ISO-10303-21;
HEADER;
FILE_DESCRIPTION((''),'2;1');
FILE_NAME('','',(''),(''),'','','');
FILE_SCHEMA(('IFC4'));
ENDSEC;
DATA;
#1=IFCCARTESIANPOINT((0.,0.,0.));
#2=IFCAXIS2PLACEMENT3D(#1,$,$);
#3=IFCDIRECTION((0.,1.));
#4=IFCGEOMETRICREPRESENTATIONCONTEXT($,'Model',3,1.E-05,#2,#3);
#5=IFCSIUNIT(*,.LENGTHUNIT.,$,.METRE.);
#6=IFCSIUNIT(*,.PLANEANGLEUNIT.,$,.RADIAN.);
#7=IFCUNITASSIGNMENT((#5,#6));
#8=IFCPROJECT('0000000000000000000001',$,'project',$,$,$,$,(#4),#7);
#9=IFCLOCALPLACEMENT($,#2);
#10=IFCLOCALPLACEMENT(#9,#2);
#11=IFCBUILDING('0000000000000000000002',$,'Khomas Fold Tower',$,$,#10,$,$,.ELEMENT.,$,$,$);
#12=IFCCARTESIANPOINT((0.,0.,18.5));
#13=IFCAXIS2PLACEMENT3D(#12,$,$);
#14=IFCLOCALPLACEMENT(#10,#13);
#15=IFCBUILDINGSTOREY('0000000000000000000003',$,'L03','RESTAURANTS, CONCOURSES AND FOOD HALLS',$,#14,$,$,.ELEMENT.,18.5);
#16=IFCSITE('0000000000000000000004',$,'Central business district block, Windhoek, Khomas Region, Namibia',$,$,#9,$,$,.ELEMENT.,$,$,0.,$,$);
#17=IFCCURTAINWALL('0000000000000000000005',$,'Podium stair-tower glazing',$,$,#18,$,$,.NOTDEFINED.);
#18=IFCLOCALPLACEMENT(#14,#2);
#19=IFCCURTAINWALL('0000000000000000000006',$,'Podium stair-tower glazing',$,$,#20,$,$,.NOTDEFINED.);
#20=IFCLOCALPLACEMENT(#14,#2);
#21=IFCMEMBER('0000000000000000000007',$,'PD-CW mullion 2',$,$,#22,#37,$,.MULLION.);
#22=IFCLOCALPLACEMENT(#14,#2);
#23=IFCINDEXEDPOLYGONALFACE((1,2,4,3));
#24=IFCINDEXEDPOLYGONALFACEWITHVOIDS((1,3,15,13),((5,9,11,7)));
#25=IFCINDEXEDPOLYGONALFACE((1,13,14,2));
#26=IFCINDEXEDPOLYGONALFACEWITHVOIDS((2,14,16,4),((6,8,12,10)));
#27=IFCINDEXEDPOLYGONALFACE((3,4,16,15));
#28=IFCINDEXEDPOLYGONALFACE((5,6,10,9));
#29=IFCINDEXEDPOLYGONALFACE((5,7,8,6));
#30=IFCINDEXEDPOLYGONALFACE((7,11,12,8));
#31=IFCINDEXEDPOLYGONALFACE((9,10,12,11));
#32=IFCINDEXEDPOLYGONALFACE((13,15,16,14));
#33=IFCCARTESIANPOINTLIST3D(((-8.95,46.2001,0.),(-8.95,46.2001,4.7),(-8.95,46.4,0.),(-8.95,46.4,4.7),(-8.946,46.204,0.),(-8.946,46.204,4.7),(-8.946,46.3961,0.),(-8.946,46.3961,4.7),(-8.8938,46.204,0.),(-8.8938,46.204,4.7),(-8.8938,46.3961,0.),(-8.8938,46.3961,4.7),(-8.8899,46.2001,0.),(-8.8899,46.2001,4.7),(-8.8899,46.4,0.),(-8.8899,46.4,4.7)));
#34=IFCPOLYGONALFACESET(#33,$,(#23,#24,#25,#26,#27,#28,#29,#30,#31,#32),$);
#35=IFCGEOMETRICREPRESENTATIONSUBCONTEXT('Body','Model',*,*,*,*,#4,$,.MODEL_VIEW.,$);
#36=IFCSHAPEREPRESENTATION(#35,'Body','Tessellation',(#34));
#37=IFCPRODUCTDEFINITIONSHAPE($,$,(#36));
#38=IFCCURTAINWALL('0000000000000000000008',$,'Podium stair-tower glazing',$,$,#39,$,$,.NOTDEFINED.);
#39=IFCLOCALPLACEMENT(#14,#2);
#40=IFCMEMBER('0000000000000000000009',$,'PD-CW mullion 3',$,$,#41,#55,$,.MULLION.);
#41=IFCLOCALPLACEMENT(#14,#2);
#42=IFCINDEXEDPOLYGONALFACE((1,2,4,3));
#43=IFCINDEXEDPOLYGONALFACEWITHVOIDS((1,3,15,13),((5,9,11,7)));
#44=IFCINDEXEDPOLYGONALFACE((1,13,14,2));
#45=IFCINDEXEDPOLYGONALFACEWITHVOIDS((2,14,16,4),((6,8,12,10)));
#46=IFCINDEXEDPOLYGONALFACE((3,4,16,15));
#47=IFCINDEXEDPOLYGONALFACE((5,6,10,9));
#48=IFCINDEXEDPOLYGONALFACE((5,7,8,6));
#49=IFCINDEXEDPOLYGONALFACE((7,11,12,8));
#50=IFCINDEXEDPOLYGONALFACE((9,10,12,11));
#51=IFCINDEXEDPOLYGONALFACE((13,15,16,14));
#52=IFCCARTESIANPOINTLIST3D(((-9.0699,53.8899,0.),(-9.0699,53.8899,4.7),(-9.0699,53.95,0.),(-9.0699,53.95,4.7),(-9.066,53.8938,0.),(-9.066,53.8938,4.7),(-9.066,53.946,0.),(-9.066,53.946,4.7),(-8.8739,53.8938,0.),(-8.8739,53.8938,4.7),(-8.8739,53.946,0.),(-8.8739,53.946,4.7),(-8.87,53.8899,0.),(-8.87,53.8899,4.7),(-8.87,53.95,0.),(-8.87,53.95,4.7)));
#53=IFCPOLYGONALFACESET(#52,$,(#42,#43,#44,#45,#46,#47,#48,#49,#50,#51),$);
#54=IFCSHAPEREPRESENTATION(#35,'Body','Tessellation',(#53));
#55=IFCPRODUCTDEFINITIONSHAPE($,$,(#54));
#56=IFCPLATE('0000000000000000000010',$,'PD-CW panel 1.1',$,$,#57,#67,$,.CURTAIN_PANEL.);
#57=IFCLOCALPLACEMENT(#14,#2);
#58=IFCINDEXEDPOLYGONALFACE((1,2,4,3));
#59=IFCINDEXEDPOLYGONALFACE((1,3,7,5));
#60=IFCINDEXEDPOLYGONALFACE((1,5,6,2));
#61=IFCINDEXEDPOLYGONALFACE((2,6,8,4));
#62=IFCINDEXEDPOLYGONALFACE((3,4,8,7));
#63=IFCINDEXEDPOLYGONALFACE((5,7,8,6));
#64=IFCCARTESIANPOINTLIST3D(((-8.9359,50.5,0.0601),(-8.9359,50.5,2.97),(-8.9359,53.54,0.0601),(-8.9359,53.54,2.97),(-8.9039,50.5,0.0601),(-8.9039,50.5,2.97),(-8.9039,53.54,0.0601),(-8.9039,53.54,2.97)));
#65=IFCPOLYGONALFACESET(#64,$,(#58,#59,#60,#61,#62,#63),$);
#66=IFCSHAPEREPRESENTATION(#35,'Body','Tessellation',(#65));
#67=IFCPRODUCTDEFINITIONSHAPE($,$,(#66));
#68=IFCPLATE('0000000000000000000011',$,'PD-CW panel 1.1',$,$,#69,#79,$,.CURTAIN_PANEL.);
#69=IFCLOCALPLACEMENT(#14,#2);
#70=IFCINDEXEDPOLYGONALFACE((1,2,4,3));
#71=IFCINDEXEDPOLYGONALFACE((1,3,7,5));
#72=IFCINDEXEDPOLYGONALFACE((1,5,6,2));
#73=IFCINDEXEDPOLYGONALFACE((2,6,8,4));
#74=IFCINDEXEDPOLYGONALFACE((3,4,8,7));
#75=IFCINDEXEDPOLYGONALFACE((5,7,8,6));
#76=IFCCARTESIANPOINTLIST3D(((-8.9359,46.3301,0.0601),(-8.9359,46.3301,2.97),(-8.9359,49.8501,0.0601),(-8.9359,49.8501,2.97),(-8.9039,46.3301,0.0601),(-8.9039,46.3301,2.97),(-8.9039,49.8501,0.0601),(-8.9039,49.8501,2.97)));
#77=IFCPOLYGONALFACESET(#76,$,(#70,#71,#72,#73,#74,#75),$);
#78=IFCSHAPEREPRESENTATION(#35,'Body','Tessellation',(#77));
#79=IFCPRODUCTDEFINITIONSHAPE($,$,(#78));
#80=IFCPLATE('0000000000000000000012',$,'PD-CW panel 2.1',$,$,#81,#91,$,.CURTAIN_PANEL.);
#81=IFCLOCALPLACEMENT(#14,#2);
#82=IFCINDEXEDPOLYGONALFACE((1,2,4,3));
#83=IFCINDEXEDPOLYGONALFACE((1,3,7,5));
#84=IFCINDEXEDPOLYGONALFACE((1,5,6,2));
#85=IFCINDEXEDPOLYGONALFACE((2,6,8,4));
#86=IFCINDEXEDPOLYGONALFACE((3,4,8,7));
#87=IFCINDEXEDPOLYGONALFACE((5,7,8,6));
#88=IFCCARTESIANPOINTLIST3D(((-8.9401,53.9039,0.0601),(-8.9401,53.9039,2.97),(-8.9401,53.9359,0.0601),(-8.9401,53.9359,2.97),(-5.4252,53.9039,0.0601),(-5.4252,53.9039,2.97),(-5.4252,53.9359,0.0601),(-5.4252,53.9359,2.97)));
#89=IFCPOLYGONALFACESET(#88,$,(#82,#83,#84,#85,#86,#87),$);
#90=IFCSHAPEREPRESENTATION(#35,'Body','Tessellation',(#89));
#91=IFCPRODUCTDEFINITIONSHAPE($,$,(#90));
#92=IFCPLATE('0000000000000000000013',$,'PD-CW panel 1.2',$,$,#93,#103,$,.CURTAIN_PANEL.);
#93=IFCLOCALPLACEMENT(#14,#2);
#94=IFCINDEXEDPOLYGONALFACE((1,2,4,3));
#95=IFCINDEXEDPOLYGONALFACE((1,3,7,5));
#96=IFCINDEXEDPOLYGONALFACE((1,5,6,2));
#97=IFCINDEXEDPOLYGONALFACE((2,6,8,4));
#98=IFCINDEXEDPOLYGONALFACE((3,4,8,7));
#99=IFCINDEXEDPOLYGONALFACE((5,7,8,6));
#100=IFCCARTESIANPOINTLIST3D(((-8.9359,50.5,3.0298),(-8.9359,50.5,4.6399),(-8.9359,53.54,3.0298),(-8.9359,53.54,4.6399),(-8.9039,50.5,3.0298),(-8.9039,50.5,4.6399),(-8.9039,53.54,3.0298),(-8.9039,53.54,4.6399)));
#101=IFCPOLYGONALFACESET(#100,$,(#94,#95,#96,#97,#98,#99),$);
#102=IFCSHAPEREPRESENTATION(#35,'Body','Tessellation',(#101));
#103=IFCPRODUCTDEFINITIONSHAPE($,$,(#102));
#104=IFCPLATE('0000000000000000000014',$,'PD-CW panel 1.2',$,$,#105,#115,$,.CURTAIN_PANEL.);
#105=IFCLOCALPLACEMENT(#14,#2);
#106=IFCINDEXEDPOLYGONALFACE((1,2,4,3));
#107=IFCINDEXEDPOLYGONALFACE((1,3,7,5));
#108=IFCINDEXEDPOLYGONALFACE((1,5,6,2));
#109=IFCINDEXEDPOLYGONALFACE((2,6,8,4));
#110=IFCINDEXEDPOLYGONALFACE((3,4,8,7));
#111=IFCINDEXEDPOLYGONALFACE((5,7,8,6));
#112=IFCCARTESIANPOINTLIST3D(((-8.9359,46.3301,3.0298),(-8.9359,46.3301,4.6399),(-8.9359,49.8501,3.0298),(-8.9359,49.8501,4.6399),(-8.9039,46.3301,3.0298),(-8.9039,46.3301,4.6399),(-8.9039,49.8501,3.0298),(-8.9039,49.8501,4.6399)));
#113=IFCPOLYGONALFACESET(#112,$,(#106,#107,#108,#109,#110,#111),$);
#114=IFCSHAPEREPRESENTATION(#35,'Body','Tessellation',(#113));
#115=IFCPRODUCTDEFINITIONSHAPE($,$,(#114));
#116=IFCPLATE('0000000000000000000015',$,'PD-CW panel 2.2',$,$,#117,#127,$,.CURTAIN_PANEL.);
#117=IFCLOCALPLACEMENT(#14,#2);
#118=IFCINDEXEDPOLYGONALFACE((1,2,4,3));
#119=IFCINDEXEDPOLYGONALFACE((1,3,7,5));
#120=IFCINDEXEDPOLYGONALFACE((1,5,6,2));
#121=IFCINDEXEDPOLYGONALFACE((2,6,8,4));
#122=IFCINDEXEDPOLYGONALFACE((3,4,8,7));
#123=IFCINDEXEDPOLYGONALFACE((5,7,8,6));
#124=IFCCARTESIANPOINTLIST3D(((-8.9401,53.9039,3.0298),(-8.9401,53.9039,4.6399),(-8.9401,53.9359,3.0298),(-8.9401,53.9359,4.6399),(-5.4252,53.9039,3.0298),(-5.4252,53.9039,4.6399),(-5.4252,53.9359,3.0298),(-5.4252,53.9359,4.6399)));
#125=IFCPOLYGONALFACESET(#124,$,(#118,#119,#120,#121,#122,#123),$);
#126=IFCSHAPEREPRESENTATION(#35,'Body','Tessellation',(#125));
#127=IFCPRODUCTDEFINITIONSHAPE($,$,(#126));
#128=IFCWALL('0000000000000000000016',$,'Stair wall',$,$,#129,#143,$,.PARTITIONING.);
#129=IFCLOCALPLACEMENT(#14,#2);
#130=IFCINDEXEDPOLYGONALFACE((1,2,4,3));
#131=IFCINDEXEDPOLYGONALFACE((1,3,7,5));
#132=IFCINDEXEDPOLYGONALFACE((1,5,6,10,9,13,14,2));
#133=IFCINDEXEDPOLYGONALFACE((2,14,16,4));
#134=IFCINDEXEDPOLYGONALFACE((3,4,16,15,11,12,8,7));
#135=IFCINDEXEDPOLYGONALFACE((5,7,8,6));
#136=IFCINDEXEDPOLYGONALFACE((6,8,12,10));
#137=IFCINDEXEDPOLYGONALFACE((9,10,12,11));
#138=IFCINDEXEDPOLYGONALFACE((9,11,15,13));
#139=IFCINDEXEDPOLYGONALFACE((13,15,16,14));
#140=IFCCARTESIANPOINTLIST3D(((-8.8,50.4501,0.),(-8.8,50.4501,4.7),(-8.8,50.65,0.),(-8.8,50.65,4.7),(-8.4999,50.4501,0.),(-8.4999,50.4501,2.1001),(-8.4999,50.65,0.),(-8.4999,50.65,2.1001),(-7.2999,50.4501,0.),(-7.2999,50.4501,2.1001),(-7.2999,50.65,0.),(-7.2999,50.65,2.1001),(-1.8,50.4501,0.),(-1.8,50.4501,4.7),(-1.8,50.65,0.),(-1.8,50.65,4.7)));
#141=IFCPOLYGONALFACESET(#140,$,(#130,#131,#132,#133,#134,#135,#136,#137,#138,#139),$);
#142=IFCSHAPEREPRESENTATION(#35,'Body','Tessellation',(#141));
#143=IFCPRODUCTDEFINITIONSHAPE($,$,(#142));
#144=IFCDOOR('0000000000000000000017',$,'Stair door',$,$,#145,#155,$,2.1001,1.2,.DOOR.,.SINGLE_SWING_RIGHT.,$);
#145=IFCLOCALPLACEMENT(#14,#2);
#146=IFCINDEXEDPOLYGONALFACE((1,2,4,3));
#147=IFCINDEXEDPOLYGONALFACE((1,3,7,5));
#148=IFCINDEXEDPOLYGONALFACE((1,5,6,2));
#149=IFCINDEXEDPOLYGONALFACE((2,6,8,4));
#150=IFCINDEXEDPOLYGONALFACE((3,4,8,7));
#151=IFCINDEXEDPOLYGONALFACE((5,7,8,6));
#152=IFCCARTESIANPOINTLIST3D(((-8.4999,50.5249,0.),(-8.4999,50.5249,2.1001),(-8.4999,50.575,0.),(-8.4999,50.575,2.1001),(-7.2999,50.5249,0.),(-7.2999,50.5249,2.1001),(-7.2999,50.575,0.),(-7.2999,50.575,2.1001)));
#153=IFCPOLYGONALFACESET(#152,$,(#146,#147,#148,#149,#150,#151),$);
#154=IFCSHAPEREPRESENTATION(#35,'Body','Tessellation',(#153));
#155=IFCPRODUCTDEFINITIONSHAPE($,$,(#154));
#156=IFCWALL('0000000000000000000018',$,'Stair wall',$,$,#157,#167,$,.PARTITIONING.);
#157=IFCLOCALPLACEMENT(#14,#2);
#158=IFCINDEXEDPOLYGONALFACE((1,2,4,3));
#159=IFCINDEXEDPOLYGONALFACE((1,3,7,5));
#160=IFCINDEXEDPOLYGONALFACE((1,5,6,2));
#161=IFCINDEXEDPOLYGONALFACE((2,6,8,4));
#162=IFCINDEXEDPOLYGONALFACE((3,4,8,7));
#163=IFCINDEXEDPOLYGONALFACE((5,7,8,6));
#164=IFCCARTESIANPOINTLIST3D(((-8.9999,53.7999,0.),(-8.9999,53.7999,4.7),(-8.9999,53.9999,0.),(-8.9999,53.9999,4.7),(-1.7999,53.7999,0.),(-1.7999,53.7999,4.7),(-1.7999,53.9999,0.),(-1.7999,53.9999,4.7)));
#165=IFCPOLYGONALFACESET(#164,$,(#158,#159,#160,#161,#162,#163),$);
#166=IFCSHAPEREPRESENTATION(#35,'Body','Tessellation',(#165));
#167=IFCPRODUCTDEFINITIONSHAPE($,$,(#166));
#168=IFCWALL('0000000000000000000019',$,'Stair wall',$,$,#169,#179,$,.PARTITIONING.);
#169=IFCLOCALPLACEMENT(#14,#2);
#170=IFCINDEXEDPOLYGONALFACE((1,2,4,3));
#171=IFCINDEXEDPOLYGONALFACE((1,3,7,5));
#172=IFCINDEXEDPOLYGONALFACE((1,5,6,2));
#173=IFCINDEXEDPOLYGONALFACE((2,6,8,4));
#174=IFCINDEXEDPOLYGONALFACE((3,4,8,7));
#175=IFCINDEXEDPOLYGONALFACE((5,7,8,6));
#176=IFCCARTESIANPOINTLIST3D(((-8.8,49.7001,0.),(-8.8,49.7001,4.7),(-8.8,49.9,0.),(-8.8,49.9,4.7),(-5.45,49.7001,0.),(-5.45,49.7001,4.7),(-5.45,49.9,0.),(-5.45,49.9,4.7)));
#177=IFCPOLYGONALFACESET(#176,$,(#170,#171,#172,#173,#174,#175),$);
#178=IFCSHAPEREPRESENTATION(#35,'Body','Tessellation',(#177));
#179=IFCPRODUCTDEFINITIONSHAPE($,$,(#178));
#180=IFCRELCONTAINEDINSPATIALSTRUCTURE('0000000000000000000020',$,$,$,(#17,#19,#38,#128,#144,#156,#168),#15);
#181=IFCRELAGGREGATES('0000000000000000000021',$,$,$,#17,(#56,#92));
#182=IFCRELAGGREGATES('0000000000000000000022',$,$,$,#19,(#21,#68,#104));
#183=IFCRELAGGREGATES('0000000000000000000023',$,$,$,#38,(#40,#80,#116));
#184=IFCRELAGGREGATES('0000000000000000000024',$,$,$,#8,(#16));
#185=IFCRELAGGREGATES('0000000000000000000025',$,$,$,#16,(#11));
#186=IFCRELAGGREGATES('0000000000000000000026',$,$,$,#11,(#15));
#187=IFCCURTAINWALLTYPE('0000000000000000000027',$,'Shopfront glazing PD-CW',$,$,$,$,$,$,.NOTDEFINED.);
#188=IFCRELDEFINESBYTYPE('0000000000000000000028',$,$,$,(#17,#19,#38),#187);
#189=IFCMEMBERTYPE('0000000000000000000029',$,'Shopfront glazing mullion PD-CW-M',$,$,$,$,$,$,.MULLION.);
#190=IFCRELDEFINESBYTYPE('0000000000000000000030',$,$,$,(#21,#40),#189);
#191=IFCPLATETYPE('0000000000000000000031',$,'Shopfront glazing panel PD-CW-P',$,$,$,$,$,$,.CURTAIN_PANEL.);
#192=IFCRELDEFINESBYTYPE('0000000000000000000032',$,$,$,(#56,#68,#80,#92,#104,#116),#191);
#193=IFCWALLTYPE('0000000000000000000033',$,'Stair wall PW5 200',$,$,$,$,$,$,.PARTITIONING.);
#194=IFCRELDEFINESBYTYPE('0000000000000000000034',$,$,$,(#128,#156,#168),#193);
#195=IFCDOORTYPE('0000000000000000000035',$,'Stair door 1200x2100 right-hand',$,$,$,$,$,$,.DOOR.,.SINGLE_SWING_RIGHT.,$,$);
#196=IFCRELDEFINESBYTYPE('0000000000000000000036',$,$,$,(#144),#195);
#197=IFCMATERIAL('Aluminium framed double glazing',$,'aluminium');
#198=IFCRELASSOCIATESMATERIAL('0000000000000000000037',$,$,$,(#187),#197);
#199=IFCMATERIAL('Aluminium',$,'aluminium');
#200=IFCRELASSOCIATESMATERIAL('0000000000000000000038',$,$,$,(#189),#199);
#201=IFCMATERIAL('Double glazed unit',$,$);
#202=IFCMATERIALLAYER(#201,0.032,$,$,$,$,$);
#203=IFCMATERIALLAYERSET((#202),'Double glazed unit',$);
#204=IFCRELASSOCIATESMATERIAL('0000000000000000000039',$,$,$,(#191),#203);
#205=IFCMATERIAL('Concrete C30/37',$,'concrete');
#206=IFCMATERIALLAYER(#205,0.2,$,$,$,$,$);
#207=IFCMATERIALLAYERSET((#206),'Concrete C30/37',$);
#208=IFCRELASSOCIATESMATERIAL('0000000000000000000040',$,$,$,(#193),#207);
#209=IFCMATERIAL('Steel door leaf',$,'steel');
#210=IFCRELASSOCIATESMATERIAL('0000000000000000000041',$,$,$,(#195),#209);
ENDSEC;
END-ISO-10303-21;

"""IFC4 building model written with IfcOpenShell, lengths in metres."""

from ifc_helpers import new_model, si_unit, direction, frame, frame_2d, origin, origin_2d, place, context, subcontext, project, spatial, rectangle, hollow_rectangle, extrude, source, transform, mapped, material, layer, layer_set, material_profile, profile_set, type_object, element, fill, aggregate, save


model = new_model("IFC4")

# Units and contexts
model_context = context("Model", 3, precision=1e-05, world=origin(), true_north=direction((0.0, 1.0)))
body_context = subcontext(model_context, "Body", "Model", "MODEL_VIEW")
ifc_project = project(units=[si_unit("LENGTHUNIT", "METRE"), si_unit("PLANEANGLEUNIT", "RADIAN")], contexts=[model_context])

# Site, building, storey
site_placement = place(None, origin())
site = spatial("IfcSite", under=ifc_project, at=site_placement, Name="Central business district block, Windhoek, Khomas Region, Namibia", CompositionType="ELEMENT", RefElevation=0.0)
building_placement = place(site_placement, origin())
building = spatial("IfcBuilding", under=site, at=building_placement, Name="Khomas Fold Tower", CompositionType="ELEMENT")
storey_placement = place(building_placement, frame((0.0, 0.0, 18.5)))
storey = spatial("IfcBuildingStorey", under=building, at=storey_placement, Name="L03", Description="RESTAURANTS, CONCOURSES AND FOOD HALLS", CompositionType="ELEMENT", Elevation=18.5)

# Curtain walls
ifc_material_1 = material(Name="Aluminium framed double glazing", Category="aluminium")
curtain_wall_type = type_object("IfcCurtainWallType", Name="Shopfront glazing PD-CW", PredefinedType="NOTDEFINED", material=ifc_material_1)
curtain_wall_1_placement = place(storey_placement, origin())
curtain_wall_1 = element("IfcCurtainWall", 1, at=curtain_wall_1_placement, inside=storey, type_object=curtain_wall_type, Name="Podium stair-tower glazing", PredefinedType="NOTDEFINED")
curtain_wall_2_placement = place(storey_placement, origin())
curtain_wall_2 = element("IfcCurtainWall", 2, at=curtain_wall_2_placement, inside=storey, type_object=curtain_wall_type, Name="Podium stair-tower glazing", PredefinedType="NOTDEFINED")

# Member
ifc_material_2 = material(Name="Aluminium", Category="aluminium")
ifc_material_profile_1 = material_profile(ifc_material_2, hollow_rectangle(XDim=0.0601, YDim=0.2, WallThickness=0.0039, at=origin_2d()), Name="Shopfront glazing mullion PD-CW-M")
ifc_profile_set_1 = profile_set([ifc_material_profile_1], Name="Aluminium")
member_type_1 = type_object("IfcMemberType", Name="Shopfront glazing mullion PD-CW-M", PredefinedType="MULLION", material=ifc_profile_set_1)
shared_shape_1 = source(origin(), body_context, "Body", "SweptSolid", [
    extrude(hollow_rectangle(XDim=0.0601, YDim=0.2, WallThickness=0.0039, at=origin_2d()), origin(), (0.0, 0.0, 1.0), 4.7),
])
member_1_placement = place(storey_placement, frame((-8.9199, 46.3, 0.0), z_axis=(0.0, 0.0, 1.0), x_axis=(1.0, 0.0, 0.0)))
member_1 = element("IfcMember", 3, at=member_1_placement, type_object=member_type_1, Name="PD-CW mullion 2", PredefinedType="MULLION", context=body_context, shape_type="MappedRepresentation", body=[
    mapped(shared_shape_1, transform((0.0, 0.0, 0.0))),
])

# Curtain wall, member
curtain_wall_3_placement = place(storey_placement, origin())
curtain_wall_3 = element("IfcCurtainWall", 4, at=curtain_wall_3_placement, inside=storey, type_object=curtain_wall_type, Name="Podium stair-tower glazing", PredefinedType="NOTDEFINED")
member_2_placement = place(storey_placement, frame((-8.97, 53.9199, 0.0), z_axis=(0.0, 0.0, 1.0), x_axis=(0.0, -1.0, 0.0)))
member_2 = element("IfcMember", 5, at=member_2_placement, type_object=member_type_1, Name="PD-CW mullion 3", PredefinedType="MULLION", context=body_context, shape_type="MappedRepresentation", body=[
    mapped(shared_shape_1, transform((0.0, 0.0, 0.0))),
])

# Plates
ifc_material_3 = material(Name="Double glazed unit")
ifc_layer_1 = layer(ifc_material_3, 0.032)
ifc_layer_set_1 = layer_set([ifc_layer_1], Name="Double glazed unit")
plate_type = type_object("IfcPlateType", Name="Shopfront glazing panel PD-CW-P", PredefinedType="CURTAIN_PANEL", material=ifc_layer_set_1)
shared_shape_2 = source(origin(), body_context, "Body", "SweptSolid", [
    extrude(rectangle(XDim=3.04, YDim=0.032, at=origin_2d()), origin(), (0.0, 0.0, 1.0), 2.9099),
])
plate_1_placement = place(storey_placement, frame((-8.9199, 52.02, 0.0601), z_axis=(0.0, 0.0, 1.0), x_axis=(0.0, -1.0, 0.0)))
plate_1 = element("IfcPlate", 6, at=plate_1_placement, type_object=plate_type, Name="PD-CW panel 1.1", PredefinedType="CURTAIN_PANEL", context=body_context, shape_type="MappedRepresentation", body=[
    mapped(shared_shape_2, transform((0.0, 0.0, 0.0))),
])
shared_shape_3 = source(origin(), body_context, "Body", "SweptSolid", [
    extrude(rectangle(XDim=3.52, YDim=0.032, at=origin_2d()), origin(), (0.0, 0.0, 1.0), 2.9099),
])
plate_2_placement = place(storey_placement, frame((-8.9199, 48.0901, 0.0601), z_axis=(0.0, 0.0, 1.0), x_axis=(0.0, -1.0, 0.0)))
plate_2 = element("IfcPlate", 7, at=plate_2_placement, type_object=plate_type, Name="PD-CW panel 1.1", PredefinedType="CURTAIN_PANEL", context=body_context, shape_type="MappedRepresentation", body=[
    mapped(shared_shape_3, transform((0.0, 0.0, 0.0))),
])
shared_shape_4 = source(origin(), body_context, "Body", "SweptSolid", [
    extrude(rectangle(XDim=3.5149, YDim=0.032, at=origin_2d()), origin(), (0.0, 0.0, 1.0), 2.9099),
])
plate_3_placement = place(storey_placement, frame((-7.1826, 53.9199, 0.0601), z_axis=(0.0, 0.0, 1.0), x_axis=(-1.0, 0.0, 0.0)))
plate_3 = element("IfcPlate", 8, at=plate_3_placement, type_object=plate_type, Name="PD-CW panel 2.1", PredefinedType="CURTAIN_PANEL", context=body_context, shape_type="MappedRepresentation", body=[
    mapped(shared_shape_4, transform((0.0, 0.0, 0.0))),
])
shared_shape_5 = source(origin(), body_context, "Body", "SweptSolid", [
    extrude(rectangle(XDim=3.04, YDim=0.032, at=origin_2d()), origin(), (0.0, 0.0, 1.0), 1.6101),
])
plate_4_placement = place(storey_placement, frame((-8.9199, 52.02, 3.0298), z_axis=(0.0, 0.0, 1.0), x_axis=(0.0, -1.0, 0.0)))
plate_4 = element("IfcPlate", 9, at=plate_4_placement, type_object=plate_type, Name="PD-CW panel 1.2", PredefinedType="CURTAIN_PANEL", context=body_context, shape_type="MappedRepresentation", body=[
    mapped(shared_shape_5, transform((0.0, 0.0, 0.0))),
])
aggregate(curtain_wall_1, [plate_1, plate_4])
shared_shape_6 = source(origin(), body_context, "Body", "SweptSolid", [
    extrude(rectangle(XDim=3.52, YDim=0.032, at=origin_2d()), origin(), (0.0, 0.0, 1.0), 1.6101),
])
plate_5_placement = place(storey_placement, frame((-8.9199, 48.0901, 3.0298), z_axis=(0.0, 0.0, 1.0), x_axis=(0.0, -1.0, 0.0)))
plate_5 = element("IfcPlate", 10, at=plate_5_placement, type_object=plate_type, Name="PD-CW panel 1.2", PredefinedType="CURTAIN_PANEL", context=body_context, shape_type="MappedRepresentation", body=[
    mapped(shared_shape_6, transform((0.0, 0.0, 0.0))),
])
aggregate(curtain_wall_2, [member_1, plate_2, plate_5])
shared_shape_7 = source(origin(), body_context, "Body", "SweptSolid", [
    extrude(rectangle(XDim=3.5149, YDim=0.032, at=origin_2d()), origin(), (0.0, 0.0, 1.0), 1.6101),
])
plate_6_placement = place(storey_placement, frame((-7.1826, 53.9199, 3.0298), z_axis=(0.0, 0.0, 1.0), x_axis=(-1.0, 0.0, 0.0)))
plate_6 = element("IfcPlate", 11, at=plate_6_placement, type_object=plate_type, Name="PD-CW panel 2.2", PredefinedType="CURTAIN_PANEL", context=body_context, shape_type="MappedRepresentation", body=[
    mapped(shared_shape_7, transform((0.0, 0.0, 0.0))),
])
aggregate(curtain_wall_3, [member_2, plate_3, plate_6])

# Wall, opening, door
ifc_material_4 = material(Name="Concrete C30/37", Category="concrete")
ifc_layer_2 = layer(ifc_material_4, 0.2)
ifc_layer_set_2 = layer_set([ifc_layer_2], Name="Concrete C30/37")
wall_type = type_object("IfcWallType", Name="Stair wall PW5 200", PredefinedType="PARTITIONING", material=ifc_layer_set_2)
shared_shape_8 = source(origin(), body_context, "Body", "SweptSolid", [
    extrude(rectangle(XDim=7.0, YDim=0.2, at=frame_2d((3.5, 0.0))), origin(), (0.0, 0.0, 1.0), 4.7),
])
wall_1_placement = place(storey_placement, frame((-8.8, 50.55, 0.0), z_axis=(0.0, 0.0, 1.0), x_axis=(1.0, 0.0, 0.0)))
wall_1 = element("IfcWall", 12, at=wall_1_placement, inside=storey, type_object=wall_type, Name="Stair wall", PredefinedType="PARTITIONING", context=body_context, shape_type="MappedRepresentation", body=[
    mapped(shared_shape_8, transform((0.0, 0.0, 0.0))),
])
shared_shape_9 = source(origin(), body_context, "Body", "SweptSolid", [
    extrude(rectangle(XDim=1.2, YDim=2.1001, at=frame_2d((0.6001, 1.05))), frame((0.0, 0.1099, 0.0), z_axis=(0.0, -1.0, 0.0), x_axis=(1.0, 0.0, 0.0)), (0.0, 0.0, 1.0), 0.22),
])
opening_placement = place(wall_1_placement, frame((0.3, 0.0, 0.0)))
opening = element("IfcOpeningElement", 13, at=opening_placement, cuts=wall_1, PredefinedType="OPENING", context=body_context, shape_type="MappedRepresentation", body=[
    mapped(shared_shape_9, transform((0.0, 0.0, 0.0))),
])
ifc_material_5 = material(Name="Steel door leaf", Category="steel")
door_type = type_object("IfcDoorType", Name="Stair door 1200x2100 right-hand", OperationType="SINGLE_SWING_RIGHT", PredefinedType="DOOR", material=ifc_material_5)
shared_shape_10 = source(origin(), body_context, "Body", "SweptSolid", [
    extrude(rectangle(XDim=1.2, YDim=2.1001, at=frame_2d((0.6001, 1.05))), frame((0.0, 0.0249, 0.0), z_axis=(0.0, -1.0, 0.0), x_axis=(1.0, 0.0, 0.0)), (0.0, 0.0, 1.0), 0.05),
])
door_placement = place(opening_placement, origin())
door = element("IfcDoor", 14, at=door_placement, inside=storey, type_object=door_type, Name="Stair door", OperationType="SINGLE_SWING_RIGHT", OverallHeight=2.1001, OverallWidth=1.2, PredefinedType="DOOR", context=body_context, shape_type="MappedRepresentation", body=[
    mapped(shared_shape_10, transform((0.0, 0.0, 0.0))),
])
fill(opening, door)

# Walls
shared_shape_11 = source(origin(), body_context, "Body", "SweptSolid", [
    extrude(rectangle(XDim=7.2, YDim=0.2, at=frame_2d((3.6001, 0.0))), origin(), (0.0, 0.0, 1.0), 4.7),
])
wall_2_placement = place(storey_placement, frame((-9.0, 53.8999, 0.0), z_axis=(0.0, 0.0, 1.0), x_axis=(1.0, 0.0, 0.0)))
element("IfcWall", 15, at=wall_2_placement, inside=storey, type_object=wall_type, Name="Stair wall", PredefinedType="PARTITIONING", context=body_context, shape_type="MappedRepresentation", body=[
    mapped(shared_shape_11, transform((0.0, 0.0, 0.0))),
])
shared_shape_12 = source(origin(), body_context, "Body", "SweptSolid", [
    extrude(rectangle(XDim=3.3501, YDim=0.2, at=frame_2d((1.675, 0.0))), origin(), (0.0, 0.0, 1.0), 4.7),
])
wall_3_placement = place(storey_placement, frame((-8.8, 49.8, 0.0), z_axis=(0.0, 0.0, 1.0), x_axis=(1.0, 0.0, 0.0)))
element("IfcWall", 16, at=wall_3_placement, inside=storey, type_object=wall_type, Name="Stair wall", PredefinedType="PARTITIONING", context=body_context, shape_type="MappedRepresentation", body=[
    mapped(shared_shape_12, transform((0.0, 0.0, 0.0))),
])

save(model, "model.ifc")
